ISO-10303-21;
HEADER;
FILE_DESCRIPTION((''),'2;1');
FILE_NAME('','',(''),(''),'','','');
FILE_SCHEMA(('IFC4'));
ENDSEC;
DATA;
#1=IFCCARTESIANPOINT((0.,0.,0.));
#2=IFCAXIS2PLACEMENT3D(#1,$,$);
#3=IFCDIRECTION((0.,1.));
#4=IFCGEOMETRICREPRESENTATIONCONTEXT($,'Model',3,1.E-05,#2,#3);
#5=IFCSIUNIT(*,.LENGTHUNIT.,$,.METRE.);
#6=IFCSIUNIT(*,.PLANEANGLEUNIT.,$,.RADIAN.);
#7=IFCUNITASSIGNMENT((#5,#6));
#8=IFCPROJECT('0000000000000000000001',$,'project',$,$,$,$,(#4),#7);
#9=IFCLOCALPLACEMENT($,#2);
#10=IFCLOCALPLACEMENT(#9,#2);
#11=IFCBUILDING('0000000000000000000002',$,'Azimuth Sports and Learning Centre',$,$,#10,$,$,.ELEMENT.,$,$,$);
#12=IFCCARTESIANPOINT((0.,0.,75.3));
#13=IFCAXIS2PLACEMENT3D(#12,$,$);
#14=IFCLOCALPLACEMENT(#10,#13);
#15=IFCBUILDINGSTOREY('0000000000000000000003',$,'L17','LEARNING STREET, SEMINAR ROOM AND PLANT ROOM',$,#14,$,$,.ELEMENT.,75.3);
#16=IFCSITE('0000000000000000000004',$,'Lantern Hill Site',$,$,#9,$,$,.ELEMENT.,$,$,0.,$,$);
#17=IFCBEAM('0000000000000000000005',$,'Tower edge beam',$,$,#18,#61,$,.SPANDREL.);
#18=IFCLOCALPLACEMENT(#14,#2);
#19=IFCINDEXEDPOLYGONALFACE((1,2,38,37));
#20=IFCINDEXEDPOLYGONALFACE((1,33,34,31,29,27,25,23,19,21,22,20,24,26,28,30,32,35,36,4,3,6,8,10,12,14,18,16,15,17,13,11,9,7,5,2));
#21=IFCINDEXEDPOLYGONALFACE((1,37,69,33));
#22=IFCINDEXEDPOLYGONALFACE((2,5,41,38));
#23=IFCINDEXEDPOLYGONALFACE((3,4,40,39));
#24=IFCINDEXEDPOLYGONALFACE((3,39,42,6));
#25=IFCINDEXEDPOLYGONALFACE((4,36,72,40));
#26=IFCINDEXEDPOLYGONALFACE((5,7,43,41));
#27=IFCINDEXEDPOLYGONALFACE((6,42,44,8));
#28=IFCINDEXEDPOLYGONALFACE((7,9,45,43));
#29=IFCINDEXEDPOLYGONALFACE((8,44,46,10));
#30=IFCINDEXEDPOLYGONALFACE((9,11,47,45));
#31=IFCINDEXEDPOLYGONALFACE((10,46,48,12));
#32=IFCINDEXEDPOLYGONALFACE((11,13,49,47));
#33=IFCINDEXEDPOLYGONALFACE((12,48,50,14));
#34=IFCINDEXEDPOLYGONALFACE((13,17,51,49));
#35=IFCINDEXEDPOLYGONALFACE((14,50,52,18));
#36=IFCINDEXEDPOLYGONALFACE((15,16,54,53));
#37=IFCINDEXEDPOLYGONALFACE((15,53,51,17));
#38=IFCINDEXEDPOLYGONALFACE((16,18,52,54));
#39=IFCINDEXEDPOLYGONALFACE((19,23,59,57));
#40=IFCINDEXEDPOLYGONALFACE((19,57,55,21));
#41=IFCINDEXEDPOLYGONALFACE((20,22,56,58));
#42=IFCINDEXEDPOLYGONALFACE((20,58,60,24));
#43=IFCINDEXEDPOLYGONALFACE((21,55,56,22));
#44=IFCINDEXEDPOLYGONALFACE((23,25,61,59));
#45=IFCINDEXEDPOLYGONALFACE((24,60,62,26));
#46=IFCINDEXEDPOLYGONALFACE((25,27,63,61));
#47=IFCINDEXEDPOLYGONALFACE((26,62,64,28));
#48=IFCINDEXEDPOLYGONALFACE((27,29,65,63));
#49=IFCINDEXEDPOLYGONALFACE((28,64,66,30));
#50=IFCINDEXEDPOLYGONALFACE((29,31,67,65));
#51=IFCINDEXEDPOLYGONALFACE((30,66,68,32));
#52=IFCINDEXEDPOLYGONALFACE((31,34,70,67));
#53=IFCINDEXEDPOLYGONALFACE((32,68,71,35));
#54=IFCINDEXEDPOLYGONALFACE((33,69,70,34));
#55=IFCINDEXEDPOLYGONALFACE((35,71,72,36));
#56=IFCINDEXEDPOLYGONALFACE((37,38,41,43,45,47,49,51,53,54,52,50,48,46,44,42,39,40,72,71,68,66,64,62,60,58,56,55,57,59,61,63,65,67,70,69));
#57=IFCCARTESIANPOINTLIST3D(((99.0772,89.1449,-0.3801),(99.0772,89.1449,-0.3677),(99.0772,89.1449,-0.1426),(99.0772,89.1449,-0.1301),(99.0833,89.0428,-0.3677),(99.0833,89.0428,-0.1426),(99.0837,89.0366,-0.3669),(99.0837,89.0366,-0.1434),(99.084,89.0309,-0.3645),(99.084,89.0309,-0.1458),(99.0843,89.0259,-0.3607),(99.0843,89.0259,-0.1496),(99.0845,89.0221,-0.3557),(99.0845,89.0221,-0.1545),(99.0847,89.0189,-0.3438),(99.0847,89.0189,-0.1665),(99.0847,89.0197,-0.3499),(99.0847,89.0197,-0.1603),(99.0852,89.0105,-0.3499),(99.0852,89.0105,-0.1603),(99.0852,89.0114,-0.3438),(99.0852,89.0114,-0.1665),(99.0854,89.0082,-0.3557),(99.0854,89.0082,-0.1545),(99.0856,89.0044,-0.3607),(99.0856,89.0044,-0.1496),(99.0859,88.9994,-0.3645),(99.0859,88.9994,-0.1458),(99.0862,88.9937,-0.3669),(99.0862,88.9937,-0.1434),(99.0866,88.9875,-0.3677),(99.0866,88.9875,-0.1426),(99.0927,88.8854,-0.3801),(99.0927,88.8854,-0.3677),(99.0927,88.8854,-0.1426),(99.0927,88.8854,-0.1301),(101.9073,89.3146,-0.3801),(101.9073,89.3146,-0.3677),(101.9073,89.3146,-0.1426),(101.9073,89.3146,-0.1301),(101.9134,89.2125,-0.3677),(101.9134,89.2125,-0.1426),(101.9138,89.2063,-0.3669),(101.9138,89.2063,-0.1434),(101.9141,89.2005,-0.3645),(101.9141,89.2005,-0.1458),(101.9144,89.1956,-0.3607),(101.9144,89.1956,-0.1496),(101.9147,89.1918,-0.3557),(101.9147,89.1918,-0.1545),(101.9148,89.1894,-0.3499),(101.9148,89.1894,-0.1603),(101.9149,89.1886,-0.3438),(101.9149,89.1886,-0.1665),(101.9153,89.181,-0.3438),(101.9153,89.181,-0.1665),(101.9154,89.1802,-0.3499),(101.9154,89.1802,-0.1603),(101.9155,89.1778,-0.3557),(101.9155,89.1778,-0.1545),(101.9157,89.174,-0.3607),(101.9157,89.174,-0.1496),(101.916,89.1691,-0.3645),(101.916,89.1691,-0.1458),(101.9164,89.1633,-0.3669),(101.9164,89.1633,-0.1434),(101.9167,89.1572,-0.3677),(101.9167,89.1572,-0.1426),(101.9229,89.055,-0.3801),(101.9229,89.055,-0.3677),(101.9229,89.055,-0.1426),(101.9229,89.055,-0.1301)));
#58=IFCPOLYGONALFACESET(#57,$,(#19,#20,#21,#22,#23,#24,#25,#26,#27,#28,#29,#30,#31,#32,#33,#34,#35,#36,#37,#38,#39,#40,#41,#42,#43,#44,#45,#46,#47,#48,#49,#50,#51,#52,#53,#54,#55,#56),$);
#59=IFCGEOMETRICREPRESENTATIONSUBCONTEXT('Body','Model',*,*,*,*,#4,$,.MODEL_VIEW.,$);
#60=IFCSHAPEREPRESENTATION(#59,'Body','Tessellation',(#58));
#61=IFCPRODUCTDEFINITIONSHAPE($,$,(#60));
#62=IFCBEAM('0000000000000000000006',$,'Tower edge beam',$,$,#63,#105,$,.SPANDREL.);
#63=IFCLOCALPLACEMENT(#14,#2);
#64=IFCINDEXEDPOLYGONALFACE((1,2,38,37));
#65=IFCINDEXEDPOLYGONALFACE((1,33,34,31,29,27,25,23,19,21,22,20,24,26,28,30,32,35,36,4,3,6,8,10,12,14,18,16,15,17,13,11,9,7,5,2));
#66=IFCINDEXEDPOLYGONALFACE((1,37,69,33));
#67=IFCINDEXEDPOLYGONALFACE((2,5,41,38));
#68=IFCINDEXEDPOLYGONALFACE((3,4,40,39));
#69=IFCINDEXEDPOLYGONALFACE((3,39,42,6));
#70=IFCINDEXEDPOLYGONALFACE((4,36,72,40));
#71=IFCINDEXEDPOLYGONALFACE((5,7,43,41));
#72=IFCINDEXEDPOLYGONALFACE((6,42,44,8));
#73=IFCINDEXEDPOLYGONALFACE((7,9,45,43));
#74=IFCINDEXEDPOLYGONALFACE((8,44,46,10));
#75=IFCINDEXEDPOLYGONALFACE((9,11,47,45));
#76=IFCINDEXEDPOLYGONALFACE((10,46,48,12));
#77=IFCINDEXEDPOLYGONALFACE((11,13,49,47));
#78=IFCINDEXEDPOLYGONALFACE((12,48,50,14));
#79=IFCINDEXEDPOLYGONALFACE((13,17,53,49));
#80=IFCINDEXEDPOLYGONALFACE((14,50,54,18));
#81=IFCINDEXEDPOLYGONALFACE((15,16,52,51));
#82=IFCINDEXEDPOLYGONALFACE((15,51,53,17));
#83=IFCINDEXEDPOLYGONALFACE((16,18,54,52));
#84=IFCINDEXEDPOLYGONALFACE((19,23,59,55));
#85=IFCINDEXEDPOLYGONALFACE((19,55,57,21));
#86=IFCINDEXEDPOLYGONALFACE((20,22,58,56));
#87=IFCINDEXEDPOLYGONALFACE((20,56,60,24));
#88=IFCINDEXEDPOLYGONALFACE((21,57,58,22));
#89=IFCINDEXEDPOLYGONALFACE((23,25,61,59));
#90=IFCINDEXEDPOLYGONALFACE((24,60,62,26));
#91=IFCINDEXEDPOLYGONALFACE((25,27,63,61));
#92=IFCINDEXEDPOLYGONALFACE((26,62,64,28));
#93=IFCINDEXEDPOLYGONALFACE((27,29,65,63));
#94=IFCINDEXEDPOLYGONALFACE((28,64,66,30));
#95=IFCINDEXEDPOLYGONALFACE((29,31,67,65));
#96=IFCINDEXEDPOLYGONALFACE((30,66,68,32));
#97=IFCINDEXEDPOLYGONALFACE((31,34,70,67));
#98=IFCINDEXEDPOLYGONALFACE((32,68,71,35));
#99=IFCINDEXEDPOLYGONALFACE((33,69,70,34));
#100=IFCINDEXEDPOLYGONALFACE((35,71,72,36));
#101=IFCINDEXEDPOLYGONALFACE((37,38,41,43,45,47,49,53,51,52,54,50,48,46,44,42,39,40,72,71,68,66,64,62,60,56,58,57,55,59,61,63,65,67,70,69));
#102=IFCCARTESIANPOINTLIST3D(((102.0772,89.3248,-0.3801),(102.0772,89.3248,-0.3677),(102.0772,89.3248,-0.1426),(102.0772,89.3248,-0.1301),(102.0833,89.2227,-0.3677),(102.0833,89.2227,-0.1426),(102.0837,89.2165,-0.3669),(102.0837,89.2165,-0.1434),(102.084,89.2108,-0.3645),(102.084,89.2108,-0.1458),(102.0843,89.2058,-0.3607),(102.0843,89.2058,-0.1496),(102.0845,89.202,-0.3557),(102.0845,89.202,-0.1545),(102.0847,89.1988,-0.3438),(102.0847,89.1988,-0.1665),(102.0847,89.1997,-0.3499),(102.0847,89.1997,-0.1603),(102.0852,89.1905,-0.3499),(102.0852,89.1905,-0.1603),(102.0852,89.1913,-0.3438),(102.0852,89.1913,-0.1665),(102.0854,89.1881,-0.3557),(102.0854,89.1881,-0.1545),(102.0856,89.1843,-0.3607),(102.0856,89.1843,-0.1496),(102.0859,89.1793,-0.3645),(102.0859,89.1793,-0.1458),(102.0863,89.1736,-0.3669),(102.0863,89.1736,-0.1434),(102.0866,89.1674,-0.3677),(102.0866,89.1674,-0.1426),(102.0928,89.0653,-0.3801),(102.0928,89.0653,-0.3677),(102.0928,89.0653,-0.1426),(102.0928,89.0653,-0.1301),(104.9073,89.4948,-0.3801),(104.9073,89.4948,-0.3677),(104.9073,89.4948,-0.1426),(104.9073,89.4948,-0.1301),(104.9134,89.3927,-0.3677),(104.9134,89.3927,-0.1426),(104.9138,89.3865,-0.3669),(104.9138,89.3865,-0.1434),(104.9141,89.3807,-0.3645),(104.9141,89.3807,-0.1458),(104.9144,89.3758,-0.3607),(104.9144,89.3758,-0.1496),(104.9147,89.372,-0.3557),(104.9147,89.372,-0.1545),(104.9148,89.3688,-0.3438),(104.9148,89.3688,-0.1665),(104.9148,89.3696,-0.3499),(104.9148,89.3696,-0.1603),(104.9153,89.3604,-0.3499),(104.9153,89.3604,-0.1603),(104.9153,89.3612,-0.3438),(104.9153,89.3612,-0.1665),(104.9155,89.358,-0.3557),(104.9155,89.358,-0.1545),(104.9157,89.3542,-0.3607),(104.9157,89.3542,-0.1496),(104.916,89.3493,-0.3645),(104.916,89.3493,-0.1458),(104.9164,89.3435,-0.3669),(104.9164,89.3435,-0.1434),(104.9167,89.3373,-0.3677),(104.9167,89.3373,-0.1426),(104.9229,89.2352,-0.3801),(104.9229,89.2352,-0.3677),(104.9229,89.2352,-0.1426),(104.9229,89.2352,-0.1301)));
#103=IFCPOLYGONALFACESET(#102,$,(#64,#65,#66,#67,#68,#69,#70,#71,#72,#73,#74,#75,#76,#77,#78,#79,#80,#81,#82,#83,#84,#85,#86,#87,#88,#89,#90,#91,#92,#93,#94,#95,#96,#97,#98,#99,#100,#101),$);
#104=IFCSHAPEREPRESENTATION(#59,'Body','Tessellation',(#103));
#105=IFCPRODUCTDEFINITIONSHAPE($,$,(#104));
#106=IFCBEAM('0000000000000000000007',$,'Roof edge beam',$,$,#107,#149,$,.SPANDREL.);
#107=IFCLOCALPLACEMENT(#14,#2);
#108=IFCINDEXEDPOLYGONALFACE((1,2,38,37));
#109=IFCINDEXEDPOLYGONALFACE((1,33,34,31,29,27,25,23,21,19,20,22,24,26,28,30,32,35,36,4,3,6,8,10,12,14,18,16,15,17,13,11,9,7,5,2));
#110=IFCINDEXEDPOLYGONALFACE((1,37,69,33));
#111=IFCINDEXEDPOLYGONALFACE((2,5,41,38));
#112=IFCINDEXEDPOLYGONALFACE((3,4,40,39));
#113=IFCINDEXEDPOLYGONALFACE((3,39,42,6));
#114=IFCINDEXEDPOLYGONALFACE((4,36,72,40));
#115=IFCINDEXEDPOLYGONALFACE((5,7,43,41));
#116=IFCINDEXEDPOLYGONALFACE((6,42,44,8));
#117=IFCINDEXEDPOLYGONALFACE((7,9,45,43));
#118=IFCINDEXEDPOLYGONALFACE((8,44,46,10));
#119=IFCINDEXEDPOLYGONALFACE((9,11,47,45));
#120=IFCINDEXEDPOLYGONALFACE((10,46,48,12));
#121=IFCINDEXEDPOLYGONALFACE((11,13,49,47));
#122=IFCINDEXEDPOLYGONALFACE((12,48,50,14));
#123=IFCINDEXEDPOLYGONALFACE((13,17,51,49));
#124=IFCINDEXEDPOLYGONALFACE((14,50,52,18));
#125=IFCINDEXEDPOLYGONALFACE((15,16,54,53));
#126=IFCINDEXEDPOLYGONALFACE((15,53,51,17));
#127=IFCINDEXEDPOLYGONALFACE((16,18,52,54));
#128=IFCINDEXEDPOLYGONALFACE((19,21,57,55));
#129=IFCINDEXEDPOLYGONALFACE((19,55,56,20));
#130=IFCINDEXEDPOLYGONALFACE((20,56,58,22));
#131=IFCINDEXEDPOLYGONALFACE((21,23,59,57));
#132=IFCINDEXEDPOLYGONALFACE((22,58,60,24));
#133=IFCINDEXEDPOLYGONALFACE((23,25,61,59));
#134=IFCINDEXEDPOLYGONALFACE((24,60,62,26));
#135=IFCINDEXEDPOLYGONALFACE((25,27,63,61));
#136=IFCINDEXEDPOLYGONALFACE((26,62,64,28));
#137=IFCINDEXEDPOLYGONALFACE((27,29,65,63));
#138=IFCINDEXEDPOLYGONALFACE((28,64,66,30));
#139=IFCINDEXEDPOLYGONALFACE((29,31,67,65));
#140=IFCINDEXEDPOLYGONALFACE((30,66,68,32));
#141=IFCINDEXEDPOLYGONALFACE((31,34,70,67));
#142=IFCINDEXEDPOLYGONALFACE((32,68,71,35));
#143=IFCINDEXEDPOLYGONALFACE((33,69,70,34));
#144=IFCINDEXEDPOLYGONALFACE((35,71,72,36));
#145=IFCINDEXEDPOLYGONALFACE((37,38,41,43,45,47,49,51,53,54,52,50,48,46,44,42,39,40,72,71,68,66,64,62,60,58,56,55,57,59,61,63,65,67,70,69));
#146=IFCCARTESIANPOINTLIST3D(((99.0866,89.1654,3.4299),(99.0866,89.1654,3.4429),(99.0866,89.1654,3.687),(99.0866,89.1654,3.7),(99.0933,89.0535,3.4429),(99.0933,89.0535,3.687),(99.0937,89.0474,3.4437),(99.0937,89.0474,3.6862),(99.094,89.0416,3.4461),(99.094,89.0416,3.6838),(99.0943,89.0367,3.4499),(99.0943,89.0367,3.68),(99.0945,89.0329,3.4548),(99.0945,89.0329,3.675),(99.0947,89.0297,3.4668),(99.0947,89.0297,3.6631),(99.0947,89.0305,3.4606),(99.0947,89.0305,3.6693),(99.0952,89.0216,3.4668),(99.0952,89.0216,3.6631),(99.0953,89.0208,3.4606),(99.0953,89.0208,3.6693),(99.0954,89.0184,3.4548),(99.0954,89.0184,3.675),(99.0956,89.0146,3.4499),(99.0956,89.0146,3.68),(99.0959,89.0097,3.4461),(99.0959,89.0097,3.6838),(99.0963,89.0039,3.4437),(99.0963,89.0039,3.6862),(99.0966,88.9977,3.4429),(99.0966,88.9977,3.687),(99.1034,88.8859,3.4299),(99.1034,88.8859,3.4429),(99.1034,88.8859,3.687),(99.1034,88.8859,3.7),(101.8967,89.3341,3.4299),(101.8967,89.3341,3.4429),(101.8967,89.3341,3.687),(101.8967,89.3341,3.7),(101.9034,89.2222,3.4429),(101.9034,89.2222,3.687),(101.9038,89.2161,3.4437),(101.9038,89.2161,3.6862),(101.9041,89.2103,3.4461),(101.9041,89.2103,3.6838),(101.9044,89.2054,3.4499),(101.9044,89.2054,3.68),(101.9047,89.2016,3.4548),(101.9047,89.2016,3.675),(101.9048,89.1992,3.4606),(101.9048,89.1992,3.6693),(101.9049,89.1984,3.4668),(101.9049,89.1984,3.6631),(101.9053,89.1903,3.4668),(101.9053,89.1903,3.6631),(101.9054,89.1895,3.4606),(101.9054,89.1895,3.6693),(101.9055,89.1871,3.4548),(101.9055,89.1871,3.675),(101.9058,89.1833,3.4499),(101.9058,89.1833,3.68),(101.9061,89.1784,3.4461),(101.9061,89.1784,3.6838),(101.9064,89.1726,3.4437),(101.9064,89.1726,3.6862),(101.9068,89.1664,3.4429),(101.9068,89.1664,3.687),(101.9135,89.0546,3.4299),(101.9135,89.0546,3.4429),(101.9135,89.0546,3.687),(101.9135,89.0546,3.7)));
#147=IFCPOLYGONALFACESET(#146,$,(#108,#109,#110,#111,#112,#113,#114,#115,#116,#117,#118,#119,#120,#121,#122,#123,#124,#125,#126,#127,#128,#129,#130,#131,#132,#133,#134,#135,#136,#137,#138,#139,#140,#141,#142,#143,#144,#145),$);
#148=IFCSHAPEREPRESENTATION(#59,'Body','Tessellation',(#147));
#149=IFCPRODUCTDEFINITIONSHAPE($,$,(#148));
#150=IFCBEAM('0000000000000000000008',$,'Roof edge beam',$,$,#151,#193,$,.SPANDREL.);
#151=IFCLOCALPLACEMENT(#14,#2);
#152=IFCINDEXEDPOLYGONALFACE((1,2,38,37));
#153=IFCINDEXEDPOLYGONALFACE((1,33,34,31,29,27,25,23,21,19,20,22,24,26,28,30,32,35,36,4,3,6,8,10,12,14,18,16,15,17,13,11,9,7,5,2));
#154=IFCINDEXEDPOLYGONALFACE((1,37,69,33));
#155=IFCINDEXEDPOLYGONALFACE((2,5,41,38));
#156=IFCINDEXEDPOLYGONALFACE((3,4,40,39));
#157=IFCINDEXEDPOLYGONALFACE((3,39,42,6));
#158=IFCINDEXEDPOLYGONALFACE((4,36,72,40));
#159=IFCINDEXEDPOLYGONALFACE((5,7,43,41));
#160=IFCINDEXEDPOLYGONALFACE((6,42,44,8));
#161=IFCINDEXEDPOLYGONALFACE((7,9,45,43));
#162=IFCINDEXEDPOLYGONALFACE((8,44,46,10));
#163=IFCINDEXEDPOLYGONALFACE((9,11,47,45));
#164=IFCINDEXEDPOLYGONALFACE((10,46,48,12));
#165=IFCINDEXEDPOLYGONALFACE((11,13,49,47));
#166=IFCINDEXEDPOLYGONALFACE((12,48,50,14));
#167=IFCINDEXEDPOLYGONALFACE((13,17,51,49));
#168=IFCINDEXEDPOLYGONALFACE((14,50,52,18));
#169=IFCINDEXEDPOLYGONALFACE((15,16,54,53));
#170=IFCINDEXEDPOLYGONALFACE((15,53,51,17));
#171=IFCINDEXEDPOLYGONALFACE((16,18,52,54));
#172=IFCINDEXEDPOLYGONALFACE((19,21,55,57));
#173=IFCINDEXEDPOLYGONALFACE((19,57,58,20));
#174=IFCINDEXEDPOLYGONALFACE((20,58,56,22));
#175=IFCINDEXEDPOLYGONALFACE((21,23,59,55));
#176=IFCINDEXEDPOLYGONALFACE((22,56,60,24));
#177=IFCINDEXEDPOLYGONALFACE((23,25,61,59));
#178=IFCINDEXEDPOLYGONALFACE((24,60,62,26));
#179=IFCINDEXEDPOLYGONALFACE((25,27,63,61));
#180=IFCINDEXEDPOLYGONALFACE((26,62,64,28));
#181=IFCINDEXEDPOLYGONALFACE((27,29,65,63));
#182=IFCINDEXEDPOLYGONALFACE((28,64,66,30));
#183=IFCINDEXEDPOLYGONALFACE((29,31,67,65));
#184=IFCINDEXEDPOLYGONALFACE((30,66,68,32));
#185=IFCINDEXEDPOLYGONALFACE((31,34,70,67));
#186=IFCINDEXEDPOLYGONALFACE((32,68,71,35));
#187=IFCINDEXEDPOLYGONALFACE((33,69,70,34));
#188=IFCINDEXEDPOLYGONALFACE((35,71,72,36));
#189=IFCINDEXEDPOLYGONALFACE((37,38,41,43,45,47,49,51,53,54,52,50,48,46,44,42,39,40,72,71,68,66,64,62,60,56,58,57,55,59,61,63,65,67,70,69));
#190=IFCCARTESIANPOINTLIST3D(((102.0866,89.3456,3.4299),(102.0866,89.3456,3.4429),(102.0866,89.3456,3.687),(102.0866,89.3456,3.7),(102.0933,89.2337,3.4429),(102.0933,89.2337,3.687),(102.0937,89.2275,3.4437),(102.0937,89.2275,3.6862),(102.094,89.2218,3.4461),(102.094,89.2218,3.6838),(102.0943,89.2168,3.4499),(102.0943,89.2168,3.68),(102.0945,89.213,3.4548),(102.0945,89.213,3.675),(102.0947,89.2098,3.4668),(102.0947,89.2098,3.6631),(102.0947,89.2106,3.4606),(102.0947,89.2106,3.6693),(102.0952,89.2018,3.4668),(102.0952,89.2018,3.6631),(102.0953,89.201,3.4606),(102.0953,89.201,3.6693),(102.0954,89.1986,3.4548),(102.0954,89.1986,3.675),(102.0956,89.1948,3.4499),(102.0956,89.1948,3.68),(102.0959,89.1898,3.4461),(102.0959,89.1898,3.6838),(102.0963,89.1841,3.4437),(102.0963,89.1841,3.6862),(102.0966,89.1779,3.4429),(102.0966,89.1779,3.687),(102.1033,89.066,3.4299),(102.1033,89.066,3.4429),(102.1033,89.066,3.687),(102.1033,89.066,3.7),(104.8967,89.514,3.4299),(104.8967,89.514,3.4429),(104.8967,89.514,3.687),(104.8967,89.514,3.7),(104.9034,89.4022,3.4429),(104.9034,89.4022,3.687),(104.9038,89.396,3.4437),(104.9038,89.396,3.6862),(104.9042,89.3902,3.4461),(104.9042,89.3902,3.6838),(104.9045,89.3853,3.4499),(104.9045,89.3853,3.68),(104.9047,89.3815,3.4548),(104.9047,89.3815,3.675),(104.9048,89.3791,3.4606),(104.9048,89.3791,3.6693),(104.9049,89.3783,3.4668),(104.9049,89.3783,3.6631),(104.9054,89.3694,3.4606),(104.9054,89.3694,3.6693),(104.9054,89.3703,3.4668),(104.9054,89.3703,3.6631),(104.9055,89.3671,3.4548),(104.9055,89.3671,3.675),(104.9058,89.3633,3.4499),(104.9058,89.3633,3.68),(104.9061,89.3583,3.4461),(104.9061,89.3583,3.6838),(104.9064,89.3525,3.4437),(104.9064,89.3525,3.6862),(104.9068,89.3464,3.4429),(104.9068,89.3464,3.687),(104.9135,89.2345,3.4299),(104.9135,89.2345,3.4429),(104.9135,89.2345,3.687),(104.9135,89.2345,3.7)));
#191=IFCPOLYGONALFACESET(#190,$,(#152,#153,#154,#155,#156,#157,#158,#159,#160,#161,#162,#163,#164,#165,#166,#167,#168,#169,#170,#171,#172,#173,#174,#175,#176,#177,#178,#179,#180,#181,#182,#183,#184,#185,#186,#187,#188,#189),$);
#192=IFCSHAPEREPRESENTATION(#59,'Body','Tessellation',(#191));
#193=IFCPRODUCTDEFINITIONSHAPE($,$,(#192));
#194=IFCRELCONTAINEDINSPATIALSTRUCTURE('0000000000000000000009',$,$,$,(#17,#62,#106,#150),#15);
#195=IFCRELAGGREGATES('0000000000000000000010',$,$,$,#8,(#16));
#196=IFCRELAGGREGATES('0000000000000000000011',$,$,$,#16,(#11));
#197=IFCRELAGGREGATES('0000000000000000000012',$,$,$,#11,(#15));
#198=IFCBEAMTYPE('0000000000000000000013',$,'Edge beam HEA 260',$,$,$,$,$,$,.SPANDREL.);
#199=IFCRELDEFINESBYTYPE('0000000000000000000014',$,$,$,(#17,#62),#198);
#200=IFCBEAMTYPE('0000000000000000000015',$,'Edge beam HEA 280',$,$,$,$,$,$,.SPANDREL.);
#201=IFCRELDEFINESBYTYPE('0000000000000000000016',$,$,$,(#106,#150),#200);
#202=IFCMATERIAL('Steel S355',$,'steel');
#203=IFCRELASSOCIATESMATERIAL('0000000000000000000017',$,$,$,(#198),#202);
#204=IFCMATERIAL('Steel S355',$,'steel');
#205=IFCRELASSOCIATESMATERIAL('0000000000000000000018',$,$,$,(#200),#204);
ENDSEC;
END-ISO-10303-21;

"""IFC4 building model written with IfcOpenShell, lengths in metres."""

from ifc_helpers import new_model, si_unit, direction, frame, origin, origin_2d, place, context, subcontext, project, spatial, i_section, extrude, material, material_profile, profile_set, type_object, element, save


model = new_model("IFC4")

# Units and contexts
model_context = context("Model", 3, precision=1e-05, world=origin(), true_north=direction((0.0, 1.0)))
body_context = subcontext(model_context, "Body", "Model", "MODEL_VIEW")
ifc_project = project(units=[si_unit("LENGTHUNIT", "METRE"), si_unit("PLANEANGLEUNIT", "RADIAN")], contexts=[model_context])

# Site, building, storey
site_placement = place(None, origin())
site = spatial("IfcSite", under=ifc_project, at=site_placement, Name="Lantern Hill Site", CompositionType="ELEMENT", RefElevation=0.0)
building_placement = place(site_placement, origin())
building = spatial("IfcBuilding", under=site, at=building_placement, Name="Azimuth Sports and Learning Centre", CompositionType="ELEMENT")
storey_placement = place(building_placement, frame((0.0, 0.0, 75.3)))
storey = spatial("IfcBuildingStorey", under=building, at=storey_placement, Name="L17", Description="LEARNING STREET, SEMINAR ROOM AND PLANT ROOM", CompositionType="ELEMENT", Elevation=75.3)

# Beams
ifc_material_1 = material(Name="Steel S355", Category="steel")
ifc_material_profile_1 = material_profile(ifc_material_1, i_section(OverallWidth=0.26, OverallDepth=0.25, WebThickness=0.0076, FlangeThickness=0.0125, FilletRadius=0.0239, at=origin_2d()), Name="HEA 260")
ifc_profile_set_1 = profile_set([ifc_material_profile_1], Name="Steel S355")
beam_type_1 = type_object("IfcBeamType", Name="Edge beam HEA 260", PredefinedType="SPANDREL", material=ifc_profile_set_1)
for number, where, z_axis, x_axis, name in (
    (1, (99.085, 89.0151, -0.2551), (0.998208, 0.059848, 0.0), (-0.059848, 0.998208, 0.0), "Tower edge beam"),
    (2, (102.085, 89.1951, -0.2551), (0.998202, 0.059933, 0.0), (-0.059933, 0.998202, 0.0), "Tower edge beam"),
):
    element("IfcBeam", number, at=place(storey_placement, frame(where, z_axis=z_axis, x_axis=x_axis)), inside=storey, type_object=beam_type_1, Name=name, PredefinedType="SPANDREL", context=body_context, shape_type="SweptSolid", body=[
        extrude(i_section(OverallWidth=0.26, OverallDepth=0.25, WebThickness=0.0076, FlangeThickness=0.0125, FilletRadius=0.0239, at=origin_2d()), origin(), (0.0, 0.0, 1.0), 2.8352),
    ])
ifc_material_2 = material(Name="Steel S355", Category="steel")
ifc_material_profile_2 = material_profile(ifc_material_2, i_section(OverallWidth=0.28, OverallDepth=0.27, WebThickness=0.0081, FlangeThickness=0.0129, FilletRadius=0.0239, at=origin_2d()), Name="HEA 280")
ifc_profile_set_2 = profile_set([ifc_material_profile_2], Name="Steel S355")
beam_type_2 = type_object("IfcBeamType", Name="Edge beam HEA 280", PredefinedType="SPANDREL", material=ifc_profile_set_2)
for number, where, z_axis, x_axis, name in (
    (3, (99.095, 89.0256, 3.5649), (0.998203, 0.059927, 0.0), (-0.059927, 0.998203, 0.0), "Roof edge beam"),
    (4, (102.095, 89.2058, 3.5649), (0.998208, 0.05984, 0.0), (-0.05984, 0.998208, 0.0), "Roof edge beam"),
):
    element("IfcBeam", number, at=place(storey_placement, frame(where, z_axis=z_axis, x_axis=x_axis)), inside=storey, type_object=beam_type_2, Name=name, PredefinedType="SPANDREL", context=body_context, shape_type="SweptSolid", body=[
        extrude(i_section(OverallWidth=0.28, OverallDepth=0.27, WebThickness=0.0081, FlangeThickness=0.0129, FilletRadius=0.0239, at=origin_2d()), origin(), (0.0, 0.0, 1.0), 2.8152),
    ])

save(model, "model.ifc")
